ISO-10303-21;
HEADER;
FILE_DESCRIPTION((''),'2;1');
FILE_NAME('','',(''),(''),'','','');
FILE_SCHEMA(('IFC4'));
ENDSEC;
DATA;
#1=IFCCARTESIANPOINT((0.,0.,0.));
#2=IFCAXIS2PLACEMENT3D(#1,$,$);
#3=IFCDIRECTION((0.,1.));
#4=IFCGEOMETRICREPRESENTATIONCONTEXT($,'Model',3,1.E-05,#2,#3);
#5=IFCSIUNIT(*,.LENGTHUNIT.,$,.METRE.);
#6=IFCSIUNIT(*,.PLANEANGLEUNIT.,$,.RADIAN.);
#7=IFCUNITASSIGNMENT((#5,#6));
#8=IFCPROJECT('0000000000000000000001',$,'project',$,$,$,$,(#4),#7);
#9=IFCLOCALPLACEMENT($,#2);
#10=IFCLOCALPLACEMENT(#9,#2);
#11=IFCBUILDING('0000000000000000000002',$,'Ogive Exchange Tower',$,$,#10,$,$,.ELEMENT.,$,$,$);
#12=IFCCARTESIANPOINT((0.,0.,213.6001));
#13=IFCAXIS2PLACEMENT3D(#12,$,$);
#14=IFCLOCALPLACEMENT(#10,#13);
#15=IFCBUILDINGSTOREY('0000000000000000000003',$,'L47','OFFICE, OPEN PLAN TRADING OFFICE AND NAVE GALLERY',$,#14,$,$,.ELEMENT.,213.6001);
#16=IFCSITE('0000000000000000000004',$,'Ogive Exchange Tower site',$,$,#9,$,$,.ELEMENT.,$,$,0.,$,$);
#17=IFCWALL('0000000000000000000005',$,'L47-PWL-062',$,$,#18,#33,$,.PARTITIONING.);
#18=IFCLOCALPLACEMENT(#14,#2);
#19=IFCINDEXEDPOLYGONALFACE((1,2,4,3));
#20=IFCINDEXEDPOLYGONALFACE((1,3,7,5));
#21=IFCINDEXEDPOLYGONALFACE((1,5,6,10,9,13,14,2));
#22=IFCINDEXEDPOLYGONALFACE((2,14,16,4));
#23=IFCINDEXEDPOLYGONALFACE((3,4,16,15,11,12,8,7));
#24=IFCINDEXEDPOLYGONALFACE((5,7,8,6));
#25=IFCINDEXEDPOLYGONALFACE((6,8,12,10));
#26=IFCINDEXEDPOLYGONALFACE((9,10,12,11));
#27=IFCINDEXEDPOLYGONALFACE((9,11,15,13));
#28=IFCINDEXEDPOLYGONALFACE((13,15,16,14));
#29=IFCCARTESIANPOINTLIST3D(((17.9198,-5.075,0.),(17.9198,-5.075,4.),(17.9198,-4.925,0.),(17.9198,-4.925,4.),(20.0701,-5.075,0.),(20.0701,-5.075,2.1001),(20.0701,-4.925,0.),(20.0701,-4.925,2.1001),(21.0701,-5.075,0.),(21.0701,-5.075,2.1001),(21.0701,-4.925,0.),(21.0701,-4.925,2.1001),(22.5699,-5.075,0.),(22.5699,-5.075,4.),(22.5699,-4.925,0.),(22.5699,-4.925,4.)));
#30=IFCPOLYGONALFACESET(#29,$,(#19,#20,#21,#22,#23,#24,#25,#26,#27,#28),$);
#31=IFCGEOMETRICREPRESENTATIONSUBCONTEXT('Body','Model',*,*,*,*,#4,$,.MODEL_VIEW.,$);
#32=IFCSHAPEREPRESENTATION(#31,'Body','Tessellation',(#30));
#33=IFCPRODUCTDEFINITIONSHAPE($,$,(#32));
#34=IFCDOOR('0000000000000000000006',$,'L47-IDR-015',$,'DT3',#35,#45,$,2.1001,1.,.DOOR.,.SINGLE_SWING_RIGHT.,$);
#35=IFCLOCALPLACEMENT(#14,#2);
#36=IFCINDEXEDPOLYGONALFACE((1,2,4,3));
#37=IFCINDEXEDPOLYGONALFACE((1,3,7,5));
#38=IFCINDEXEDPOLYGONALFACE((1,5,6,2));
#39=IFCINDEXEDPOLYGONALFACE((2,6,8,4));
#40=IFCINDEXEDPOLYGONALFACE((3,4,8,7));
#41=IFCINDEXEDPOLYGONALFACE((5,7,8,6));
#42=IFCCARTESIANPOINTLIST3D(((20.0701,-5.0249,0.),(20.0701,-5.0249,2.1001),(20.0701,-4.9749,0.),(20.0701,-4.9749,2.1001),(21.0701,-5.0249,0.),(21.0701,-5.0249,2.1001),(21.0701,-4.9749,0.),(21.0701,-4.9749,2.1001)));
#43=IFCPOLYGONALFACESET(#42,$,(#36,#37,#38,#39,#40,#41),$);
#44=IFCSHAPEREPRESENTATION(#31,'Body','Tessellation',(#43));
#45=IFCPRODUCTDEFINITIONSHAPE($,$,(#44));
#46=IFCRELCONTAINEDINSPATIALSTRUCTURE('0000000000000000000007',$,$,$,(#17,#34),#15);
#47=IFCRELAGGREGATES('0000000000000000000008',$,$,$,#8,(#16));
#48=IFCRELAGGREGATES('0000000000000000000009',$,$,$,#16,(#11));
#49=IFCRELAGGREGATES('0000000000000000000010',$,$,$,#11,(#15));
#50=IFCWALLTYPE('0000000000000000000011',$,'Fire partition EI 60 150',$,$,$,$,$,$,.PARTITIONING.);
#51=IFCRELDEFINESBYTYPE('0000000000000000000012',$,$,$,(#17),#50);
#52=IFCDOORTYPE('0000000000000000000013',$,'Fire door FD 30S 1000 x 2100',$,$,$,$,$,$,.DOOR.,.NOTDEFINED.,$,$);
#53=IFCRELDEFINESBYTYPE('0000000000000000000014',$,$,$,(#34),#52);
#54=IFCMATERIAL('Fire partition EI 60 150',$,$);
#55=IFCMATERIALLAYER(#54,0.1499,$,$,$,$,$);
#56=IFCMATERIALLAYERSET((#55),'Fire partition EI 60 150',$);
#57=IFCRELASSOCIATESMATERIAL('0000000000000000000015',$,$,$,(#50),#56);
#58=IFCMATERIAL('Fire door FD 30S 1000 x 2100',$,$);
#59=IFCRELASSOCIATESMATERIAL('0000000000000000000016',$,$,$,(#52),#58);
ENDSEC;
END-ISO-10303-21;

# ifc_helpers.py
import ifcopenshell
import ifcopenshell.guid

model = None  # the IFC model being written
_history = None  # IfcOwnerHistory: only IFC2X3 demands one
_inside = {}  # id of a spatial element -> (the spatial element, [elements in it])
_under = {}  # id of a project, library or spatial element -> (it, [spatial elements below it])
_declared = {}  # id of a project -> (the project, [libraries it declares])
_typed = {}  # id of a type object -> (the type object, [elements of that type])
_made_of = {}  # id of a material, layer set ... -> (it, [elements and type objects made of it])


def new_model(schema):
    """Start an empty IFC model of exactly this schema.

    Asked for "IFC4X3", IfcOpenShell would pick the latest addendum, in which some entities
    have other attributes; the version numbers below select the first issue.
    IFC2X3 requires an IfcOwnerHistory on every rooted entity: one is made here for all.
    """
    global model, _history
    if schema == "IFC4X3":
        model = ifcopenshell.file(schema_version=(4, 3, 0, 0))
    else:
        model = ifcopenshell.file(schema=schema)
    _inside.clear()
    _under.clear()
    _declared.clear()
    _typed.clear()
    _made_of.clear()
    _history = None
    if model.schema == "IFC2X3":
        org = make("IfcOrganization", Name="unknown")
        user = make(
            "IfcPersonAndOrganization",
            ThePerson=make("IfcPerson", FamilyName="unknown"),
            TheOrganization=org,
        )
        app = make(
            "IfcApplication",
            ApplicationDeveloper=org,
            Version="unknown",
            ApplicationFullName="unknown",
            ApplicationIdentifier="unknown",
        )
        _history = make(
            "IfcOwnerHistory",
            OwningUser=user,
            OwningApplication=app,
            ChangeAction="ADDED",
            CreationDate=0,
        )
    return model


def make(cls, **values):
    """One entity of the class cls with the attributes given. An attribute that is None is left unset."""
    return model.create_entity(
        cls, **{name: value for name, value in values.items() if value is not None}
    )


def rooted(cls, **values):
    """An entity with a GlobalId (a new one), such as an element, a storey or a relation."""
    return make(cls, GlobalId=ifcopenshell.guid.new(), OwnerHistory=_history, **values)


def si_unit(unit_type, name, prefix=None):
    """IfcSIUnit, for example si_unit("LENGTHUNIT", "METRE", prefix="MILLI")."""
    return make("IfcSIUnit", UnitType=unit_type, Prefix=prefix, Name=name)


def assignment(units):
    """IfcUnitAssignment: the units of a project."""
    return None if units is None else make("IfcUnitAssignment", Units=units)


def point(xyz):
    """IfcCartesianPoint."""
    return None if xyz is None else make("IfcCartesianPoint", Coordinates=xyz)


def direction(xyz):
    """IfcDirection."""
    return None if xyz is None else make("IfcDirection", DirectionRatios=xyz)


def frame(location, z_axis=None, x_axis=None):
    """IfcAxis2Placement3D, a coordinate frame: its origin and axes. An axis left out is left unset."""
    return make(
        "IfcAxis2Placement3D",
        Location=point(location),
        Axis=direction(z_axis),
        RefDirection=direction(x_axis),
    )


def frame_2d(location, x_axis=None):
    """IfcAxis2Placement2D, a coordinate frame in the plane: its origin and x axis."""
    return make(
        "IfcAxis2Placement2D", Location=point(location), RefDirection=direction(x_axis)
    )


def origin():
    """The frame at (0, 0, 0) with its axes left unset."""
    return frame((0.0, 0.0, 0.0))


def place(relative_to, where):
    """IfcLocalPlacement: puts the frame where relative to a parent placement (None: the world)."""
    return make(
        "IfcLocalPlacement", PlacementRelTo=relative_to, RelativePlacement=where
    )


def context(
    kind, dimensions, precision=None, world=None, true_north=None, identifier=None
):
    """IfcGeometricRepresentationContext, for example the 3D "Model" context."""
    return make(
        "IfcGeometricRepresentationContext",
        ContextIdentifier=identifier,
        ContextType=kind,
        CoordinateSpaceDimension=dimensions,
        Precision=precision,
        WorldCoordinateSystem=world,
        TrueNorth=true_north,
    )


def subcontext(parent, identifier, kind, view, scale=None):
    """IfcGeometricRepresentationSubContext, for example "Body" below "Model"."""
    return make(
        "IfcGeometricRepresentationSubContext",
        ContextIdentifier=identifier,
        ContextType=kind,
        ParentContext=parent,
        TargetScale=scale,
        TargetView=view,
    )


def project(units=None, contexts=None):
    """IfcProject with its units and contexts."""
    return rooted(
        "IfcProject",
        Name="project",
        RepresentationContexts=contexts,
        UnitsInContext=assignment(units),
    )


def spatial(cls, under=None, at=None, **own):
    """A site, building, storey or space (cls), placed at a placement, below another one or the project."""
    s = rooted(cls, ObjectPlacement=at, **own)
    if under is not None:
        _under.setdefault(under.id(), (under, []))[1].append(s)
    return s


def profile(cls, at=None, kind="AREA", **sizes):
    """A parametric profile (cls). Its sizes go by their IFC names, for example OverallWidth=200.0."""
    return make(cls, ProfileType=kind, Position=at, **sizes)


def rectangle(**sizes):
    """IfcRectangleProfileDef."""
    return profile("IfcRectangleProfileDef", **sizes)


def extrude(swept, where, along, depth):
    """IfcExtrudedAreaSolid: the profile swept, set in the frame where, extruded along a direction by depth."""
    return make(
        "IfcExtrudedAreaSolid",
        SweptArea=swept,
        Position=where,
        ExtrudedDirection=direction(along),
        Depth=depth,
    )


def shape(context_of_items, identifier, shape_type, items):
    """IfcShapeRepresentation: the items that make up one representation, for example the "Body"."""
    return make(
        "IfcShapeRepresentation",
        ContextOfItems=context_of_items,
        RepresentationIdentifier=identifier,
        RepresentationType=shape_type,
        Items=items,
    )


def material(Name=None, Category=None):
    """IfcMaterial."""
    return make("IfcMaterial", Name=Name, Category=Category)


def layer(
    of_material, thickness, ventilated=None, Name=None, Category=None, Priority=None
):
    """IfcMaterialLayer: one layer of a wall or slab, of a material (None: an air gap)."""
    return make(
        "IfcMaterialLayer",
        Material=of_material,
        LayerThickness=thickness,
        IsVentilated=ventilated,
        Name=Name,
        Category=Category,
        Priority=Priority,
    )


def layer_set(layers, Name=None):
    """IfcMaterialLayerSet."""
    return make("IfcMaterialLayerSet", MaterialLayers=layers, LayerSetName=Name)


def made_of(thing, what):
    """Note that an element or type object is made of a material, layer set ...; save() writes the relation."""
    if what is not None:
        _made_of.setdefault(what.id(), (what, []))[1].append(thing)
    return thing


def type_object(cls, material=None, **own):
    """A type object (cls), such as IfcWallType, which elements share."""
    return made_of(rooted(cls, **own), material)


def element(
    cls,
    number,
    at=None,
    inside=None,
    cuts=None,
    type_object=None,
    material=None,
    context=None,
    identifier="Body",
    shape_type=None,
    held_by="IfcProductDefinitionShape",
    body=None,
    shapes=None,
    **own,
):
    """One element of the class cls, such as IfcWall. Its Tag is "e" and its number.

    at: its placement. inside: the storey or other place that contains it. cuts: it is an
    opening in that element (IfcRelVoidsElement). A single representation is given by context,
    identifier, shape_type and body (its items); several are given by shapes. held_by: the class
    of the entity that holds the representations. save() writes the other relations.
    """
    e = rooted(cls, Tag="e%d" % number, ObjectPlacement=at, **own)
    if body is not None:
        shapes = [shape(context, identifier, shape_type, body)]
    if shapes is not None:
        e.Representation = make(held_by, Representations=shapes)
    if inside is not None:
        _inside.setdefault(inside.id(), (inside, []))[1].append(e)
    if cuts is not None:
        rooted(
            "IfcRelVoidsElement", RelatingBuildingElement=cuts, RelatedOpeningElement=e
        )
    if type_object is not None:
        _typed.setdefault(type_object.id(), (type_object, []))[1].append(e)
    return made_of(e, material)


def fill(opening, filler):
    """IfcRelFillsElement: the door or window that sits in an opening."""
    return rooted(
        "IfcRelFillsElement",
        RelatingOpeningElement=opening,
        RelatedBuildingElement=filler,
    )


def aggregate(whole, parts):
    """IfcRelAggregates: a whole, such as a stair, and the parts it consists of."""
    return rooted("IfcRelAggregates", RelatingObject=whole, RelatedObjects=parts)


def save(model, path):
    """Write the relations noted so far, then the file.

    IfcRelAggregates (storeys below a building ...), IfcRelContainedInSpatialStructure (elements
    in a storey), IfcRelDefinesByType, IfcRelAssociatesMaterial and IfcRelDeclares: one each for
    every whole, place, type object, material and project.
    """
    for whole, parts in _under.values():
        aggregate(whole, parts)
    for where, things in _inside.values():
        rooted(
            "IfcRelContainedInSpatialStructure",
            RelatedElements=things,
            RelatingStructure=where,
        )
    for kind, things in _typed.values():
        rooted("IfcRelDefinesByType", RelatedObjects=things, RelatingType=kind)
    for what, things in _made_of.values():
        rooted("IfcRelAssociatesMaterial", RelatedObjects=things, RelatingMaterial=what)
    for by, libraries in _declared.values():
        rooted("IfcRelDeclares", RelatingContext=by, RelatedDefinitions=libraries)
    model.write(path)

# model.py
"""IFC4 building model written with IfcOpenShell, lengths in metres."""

from ifc_helpers import new_model, si_unit, direction, frame, frame_2d, origin, place, context, subcontext, project, spatial, rectangle, extrude, material, layer, layer_set, type_object, element, fill, save


model = new_model("IFC4")

# Units and contexts
model_context = context("Model", 3, precision=1e-05, world=origin(), true_north=direction((0.0, 1.0)))
body_context = subcontext(model_context, "Body", "Model", "MODEL_VIEW")
ifc_project = project(units=[si_unit("LENGTHUNIT", "METRE"), si_unit("PLANEANGLEUNIT", "RADIAN")], contexts=[model_context])

# Site, building, storey
site_placement = place(None, origin())
site = spatial("IfcSite", under=ifc_project, at=site_placement, Name="Ogive Exchange Tower site", CompositionType="ELEMENT", RefElevation=0.0)
building_placement = place(site_placement, origin())
building = spatial("IfcBuilding", under=site, at=building_placement, Name="Ogive Exchange Tower", CompositionType="ELEMENT")
storey_placement = place(building_placement, frame((0.0, 0.0, 213.6001)))
storey = spatial("IfcBuildingStorey", under=building, at=storey_placement, Name="L47", Description="OFFICE, OPEN PLAN TRADING OFFICE AND NAVE GALLERY", CompositionType="ELEMENT", Elevation=213.6001)

# Wall, opening, door
ifc_material_1 = material(Name="Fire partition EI 60 150")
ifc_layer_1 = layer(ifc_material_1, 0.1499)
ifc_layer_set_1 = layer_set([ifc_layer_1], Name="Fire partition EI 60 150")
wall_type_1 = type_object("IfcWallType", Name="Fire partition EI 60 150", PredefinedType="PARTITIONING", material=ifc_layer_set_1)
wall_1_placement = place(storey_placement, frame((22.5701, -5.0, 0.0), z_axis=(0.0, 0.0, 1.0), x_axis=(-1.0, 0.0, 0.0)))
wall_1 = element("IfcWall", 1, at=wall_1_placement, inside=storey, type_object=wall_type_1, Name="L47-PWL-062", PredefinedType="PARTITIONING", context=body_context, shape_type="SweptSolid", body=[
    extrude(rectangle(XDim=4.6501, YDim=0.1499, at=frame_2d((2.3252, 0.0))), origin(), (0.0, 0.0, 1.0), 4.0),
])
opening_1_placement = place(wall_1_placement, frame((1.5, 0.0, 0.0)))
opening_1 = element("IfcOpeningElement", 2, at=opening_1_placement, cuts=wall_1, PredefinedType="OPENING", context=body_context, shape_type="SweptSolid", body=[
    extrude(rectangle(XDim=1.0, YDim=2.1001, at=frame_2d((0.5, 1.05))), frame((0.0, 0.085, 0.0), z_axis=(0.0, -1.0, 0.0), x_axis=(1.0, 0.0, 0.0)), (0.0, 0.0, 1.0), 0.1699),
])
ifc_material_2 = material(Name="Fire door FD 30S 1000 x 2100")
door_type_1 = type_object("IfcDoorType", Name="Fire door FD 30S 1000 x 2100", OperationType="NOTDEFINED", PredefinedType="DOOR", material=ifc_material_2)
door_1_placement = place(opening_1_placement, origin())
door_1 = element("IfcDoor", 3, at=door_1_placement, inside=storey, type_object=door_type_1, Name="L47-IDR-015", ObjectType="DT3", OperationType="SINGLE_SWING_RIGHT", OverallHeight=2.1001, OverallWidth=1.0, PredefinedType="DOOR", context=body_context, shape_type="SweptSolid", body=[
    extrude(rectangle(XDim=1.0, YDim=2.1001, at=frame_2d((0.5, 1.05))), frame((0.0, 0.0249, 0.0), z_axis=(0.0, -1.0, 0.0), x_axis=(1.0, 0.0, 0.0)), (0.0, 0.0, 1.0), 0.05),
])
fill(opening_1, door_1)

save(model, "model.ifc")
